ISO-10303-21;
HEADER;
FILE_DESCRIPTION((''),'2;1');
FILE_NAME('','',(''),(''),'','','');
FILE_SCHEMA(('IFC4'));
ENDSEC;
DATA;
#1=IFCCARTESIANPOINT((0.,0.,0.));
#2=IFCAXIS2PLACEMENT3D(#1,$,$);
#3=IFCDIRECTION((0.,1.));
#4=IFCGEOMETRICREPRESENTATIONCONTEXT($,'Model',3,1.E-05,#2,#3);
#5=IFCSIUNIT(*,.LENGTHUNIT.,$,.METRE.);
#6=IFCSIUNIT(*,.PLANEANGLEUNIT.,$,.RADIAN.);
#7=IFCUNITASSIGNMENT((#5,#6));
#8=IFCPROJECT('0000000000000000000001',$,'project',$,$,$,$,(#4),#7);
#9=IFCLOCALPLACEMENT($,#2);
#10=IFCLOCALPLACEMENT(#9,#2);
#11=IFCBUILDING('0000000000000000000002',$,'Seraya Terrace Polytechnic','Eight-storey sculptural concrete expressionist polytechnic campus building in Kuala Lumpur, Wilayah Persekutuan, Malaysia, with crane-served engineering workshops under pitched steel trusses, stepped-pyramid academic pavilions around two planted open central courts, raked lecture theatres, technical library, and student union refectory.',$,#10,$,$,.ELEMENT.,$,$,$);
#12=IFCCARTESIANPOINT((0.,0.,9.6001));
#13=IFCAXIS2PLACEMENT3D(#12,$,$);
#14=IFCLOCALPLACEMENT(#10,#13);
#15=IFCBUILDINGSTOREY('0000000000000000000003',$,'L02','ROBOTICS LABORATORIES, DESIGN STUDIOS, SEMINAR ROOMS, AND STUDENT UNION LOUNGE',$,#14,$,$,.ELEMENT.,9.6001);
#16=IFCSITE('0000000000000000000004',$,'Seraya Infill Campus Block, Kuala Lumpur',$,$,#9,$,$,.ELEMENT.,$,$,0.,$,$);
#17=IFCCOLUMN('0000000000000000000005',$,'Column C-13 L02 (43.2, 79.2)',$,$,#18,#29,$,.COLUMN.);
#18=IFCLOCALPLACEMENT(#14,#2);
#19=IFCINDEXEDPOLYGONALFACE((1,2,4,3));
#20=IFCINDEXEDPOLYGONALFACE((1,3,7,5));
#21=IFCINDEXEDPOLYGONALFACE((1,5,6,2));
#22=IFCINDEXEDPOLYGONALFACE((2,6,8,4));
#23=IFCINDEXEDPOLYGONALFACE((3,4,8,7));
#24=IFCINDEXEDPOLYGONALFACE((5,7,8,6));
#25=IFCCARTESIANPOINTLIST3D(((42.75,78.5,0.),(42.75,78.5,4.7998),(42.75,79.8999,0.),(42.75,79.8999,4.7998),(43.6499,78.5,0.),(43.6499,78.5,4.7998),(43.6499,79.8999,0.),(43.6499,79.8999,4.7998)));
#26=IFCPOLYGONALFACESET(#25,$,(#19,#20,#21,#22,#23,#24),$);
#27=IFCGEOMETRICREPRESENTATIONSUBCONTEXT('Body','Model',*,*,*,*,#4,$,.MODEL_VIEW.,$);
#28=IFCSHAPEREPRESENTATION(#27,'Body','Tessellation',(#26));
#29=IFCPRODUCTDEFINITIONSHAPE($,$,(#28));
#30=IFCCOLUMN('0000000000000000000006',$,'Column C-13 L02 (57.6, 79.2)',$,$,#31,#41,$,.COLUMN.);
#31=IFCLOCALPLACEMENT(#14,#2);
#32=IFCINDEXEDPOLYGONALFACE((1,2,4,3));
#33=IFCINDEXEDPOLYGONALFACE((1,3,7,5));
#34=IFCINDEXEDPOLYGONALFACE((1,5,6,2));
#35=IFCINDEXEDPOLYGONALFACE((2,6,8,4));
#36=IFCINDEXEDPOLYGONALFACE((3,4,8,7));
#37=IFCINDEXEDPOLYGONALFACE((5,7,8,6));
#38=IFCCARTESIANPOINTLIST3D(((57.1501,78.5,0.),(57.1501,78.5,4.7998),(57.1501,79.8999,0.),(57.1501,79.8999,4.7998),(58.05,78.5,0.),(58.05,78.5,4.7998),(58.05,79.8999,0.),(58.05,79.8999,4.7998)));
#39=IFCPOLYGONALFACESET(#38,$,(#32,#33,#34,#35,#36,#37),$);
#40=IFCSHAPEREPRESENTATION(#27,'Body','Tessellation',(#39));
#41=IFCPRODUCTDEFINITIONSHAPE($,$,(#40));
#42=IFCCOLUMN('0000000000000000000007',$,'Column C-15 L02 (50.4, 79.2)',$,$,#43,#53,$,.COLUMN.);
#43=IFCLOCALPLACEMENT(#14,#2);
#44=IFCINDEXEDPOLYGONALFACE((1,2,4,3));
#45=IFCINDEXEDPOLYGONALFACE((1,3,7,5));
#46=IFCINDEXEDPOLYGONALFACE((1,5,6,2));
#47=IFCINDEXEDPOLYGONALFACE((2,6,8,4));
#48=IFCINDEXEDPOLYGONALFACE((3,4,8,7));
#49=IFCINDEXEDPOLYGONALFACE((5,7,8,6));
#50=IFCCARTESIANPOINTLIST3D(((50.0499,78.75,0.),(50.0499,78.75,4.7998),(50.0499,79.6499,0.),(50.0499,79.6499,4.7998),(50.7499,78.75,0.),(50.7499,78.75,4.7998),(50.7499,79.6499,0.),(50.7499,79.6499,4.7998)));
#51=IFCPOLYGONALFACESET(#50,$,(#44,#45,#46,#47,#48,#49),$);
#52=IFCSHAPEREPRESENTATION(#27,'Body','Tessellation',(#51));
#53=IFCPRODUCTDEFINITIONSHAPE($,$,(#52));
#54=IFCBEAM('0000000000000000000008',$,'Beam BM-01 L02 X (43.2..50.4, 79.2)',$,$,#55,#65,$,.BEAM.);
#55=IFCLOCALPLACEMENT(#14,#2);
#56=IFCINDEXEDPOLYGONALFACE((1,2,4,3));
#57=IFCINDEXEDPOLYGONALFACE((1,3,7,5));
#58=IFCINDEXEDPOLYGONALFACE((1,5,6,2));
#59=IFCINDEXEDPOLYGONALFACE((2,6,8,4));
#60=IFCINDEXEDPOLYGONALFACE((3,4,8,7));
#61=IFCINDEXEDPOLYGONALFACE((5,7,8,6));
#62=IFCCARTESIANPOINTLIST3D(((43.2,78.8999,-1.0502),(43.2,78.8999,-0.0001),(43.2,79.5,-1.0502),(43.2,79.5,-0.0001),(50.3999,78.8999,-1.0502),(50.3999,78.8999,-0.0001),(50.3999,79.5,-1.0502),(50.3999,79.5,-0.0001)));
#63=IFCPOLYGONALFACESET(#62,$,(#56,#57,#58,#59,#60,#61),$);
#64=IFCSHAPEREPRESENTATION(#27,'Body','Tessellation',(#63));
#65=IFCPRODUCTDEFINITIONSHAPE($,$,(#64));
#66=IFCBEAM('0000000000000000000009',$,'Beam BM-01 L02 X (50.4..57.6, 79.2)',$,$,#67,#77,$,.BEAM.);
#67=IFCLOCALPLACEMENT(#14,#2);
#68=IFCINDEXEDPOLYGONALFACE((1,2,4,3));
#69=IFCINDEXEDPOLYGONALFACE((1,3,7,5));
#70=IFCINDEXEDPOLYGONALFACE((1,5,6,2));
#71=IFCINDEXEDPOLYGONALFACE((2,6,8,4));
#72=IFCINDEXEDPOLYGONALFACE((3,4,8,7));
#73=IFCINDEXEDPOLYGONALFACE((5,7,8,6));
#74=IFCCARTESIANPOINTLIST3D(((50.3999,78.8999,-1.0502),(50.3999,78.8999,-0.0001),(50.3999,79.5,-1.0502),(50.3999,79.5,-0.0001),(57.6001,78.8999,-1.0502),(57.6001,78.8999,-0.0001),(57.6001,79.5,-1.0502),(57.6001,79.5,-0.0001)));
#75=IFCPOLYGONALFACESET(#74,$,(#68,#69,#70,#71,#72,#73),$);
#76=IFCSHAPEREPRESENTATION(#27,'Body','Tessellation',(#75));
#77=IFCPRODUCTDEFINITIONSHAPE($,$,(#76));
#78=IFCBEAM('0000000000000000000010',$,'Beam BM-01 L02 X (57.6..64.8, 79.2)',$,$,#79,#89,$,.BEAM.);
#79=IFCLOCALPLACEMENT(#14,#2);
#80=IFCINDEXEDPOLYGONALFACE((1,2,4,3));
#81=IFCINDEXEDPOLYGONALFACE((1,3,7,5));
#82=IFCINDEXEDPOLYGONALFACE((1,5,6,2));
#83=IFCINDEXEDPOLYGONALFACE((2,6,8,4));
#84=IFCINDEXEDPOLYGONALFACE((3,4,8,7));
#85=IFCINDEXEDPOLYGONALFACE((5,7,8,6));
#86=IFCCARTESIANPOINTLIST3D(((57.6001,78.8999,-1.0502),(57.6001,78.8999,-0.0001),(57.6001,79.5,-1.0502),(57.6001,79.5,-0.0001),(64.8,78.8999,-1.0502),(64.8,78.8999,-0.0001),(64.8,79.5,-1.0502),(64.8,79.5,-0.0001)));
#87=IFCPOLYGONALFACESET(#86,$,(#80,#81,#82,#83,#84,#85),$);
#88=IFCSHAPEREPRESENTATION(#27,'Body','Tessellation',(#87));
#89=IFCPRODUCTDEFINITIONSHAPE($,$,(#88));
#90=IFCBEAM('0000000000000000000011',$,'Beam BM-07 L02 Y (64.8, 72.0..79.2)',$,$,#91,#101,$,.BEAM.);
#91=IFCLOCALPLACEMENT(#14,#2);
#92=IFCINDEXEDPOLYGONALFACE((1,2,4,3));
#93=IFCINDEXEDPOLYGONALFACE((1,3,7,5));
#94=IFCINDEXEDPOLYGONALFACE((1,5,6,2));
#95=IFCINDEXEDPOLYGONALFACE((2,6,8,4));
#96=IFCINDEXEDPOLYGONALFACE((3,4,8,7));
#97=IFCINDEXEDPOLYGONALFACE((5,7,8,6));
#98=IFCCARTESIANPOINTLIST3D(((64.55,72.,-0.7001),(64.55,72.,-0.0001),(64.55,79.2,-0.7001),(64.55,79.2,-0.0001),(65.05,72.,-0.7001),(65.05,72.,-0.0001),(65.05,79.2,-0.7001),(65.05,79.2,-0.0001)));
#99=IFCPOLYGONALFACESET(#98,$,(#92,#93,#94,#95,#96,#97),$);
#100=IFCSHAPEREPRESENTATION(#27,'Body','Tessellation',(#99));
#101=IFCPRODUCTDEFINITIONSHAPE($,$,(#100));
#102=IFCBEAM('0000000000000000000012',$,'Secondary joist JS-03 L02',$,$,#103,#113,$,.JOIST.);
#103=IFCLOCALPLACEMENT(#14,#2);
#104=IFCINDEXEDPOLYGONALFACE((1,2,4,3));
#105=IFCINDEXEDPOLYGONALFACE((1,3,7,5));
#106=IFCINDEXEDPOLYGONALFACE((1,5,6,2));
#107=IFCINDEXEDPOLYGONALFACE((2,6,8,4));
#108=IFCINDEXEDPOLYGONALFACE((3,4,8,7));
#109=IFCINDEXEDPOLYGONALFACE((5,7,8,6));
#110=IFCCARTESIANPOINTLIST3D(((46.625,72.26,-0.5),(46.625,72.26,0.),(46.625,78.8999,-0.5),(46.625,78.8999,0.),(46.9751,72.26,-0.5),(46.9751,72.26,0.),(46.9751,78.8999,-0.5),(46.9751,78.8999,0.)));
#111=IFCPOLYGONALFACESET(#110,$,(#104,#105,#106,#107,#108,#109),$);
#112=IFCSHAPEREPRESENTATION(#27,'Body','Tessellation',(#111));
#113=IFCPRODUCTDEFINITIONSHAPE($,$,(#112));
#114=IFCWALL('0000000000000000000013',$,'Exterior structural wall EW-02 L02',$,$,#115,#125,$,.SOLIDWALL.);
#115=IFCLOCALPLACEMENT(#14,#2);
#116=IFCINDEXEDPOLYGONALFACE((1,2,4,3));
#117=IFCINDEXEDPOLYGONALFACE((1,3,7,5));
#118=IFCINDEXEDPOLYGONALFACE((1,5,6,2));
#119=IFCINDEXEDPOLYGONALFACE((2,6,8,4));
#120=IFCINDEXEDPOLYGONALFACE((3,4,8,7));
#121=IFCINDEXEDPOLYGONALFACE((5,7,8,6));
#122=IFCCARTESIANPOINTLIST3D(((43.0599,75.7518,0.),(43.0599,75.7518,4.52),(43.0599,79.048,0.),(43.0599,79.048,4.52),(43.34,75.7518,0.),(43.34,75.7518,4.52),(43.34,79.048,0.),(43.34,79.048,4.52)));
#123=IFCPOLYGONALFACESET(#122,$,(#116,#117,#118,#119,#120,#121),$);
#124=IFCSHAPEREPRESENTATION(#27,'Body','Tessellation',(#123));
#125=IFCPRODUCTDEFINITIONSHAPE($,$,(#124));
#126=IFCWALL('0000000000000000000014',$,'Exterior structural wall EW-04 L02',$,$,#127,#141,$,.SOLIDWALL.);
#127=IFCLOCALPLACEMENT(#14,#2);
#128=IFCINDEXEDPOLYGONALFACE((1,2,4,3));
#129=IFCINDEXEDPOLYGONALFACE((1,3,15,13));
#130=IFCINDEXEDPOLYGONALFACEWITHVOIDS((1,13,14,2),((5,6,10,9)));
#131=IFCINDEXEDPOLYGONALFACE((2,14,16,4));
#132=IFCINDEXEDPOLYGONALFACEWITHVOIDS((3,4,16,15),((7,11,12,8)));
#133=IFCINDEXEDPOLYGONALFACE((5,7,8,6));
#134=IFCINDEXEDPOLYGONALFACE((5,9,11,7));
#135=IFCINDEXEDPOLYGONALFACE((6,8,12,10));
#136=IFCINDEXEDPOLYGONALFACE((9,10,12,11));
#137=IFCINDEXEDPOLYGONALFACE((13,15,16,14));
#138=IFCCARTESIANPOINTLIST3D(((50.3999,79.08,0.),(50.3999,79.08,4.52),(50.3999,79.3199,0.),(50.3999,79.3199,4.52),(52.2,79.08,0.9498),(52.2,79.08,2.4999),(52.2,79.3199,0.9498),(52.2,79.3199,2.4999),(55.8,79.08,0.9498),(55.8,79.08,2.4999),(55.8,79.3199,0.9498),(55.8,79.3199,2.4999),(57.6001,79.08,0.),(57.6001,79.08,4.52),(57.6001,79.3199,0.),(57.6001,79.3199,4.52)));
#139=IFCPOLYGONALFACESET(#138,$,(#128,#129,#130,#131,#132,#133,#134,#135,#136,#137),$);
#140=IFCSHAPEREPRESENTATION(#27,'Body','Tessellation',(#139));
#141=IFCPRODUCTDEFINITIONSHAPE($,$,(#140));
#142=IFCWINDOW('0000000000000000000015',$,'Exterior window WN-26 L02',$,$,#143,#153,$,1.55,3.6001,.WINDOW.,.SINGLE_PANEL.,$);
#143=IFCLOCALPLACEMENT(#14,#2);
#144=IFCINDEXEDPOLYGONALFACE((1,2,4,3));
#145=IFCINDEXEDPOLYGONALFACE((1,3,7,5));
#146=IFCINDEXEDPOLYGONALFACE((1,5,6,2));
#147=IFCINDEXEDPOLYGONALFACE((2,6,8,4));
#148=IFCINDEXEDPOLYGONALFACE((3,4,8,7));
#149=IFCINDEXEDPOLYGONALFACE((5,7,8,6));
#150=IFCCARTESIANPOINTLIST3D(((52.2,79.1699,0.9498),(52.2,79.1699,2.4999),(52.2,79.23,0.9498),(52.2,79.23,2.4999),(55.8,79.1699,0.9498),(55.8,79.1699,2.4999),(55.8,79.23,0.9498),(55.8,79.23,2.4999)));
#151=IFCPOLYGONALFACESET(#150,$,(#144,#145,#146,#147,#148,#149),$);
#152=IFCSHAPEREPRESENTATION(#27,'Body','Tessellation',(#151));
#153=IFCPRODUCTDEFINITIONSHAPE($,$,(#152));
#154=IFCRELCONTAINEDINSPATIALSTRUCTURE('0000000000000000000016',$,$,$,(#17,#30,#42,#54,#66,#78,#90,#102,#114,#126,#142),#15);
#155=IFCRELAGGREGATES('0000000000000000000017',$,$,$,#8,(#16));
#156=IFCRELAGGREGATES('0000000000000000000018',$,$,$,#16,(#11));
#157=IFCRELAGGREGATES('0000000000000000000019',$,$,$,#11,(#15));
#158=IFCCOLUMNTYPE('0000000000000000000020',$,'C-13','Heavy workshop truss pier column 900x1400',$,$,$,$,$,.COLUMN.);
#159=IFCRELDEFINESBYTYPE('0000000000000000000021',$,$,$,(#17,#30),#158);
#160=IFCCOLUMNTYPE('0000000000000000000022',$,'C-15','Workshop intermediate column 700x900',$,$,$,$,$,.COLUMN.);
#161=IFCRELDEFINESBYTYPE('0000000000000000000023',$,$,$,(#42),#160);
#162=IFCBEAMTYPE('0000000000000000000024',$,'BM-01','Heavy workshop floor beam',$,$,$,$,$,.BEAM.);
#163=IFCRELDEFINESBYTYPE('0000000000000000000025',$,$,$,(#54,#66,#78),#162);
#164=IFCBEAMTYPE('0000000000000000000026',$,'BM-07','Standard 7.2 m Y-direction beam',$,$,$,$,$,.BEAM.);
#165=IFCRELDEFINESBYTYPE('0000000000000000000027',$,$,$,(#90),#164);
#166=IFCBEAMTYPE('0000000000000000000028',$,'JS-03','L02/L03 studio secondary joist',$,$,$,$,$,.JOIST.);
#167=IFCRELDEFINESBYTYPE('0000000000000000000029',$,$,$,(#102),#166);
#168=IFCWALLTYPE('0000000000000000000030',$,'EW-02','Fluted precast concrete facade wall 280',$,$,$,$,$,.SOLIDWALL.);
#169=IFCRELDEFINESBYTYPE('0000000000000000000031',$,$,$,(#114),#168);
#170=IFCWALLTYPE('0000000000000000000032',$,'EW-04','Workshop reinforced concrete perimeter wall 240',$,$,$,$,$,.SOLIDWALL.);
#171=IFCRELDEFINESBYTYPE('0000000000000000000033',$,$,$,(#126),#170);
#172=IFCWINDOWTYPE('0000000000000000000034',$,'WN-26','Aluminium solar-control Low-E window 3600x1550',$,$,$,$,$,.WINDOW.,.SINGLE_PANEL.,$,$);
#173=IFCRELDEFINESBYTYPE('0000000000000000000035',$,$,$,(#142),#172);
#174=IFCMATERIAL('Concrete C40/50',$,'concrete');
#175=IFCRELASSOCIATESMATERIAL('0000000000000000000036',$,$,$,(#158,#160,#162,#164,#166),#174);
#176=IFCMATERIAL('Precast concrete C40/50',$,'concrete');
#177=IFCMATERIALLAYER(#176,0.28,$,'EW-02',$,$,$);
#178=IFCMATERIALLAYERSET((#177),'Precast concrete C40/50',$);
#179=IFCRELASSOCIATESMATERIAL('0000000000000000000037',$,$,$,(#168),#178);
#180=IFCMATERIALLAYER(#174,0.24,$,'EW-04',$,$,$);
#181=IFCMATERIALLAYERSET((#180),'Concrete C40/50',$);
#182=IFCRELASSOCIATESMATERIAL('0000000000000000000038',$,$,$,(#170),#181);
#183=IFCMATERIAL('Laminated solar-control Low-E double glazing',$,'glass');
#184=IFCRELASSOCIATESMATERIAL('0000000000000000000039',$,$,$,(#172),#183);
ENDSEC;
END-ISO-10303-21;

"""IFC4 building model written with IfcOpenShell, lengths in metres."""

from ifc_helpers import new_model, si_unit, direction, frame, frame_2d, origin, origin_2d, place, context, subcontext, project, spatial, rectangle, extrude, material, layer, layer_set, material_profile, profile_set, type_object, element, fill, save


model = new_model("IFC4")

# Units and contexts
model_context = context("Model", 3, precision=1e-05, world=origin(), true_north=direction((0.0, 1.0)))
body_context = subcontext(model_context, "Body", "Model", "MODEL_VIEW")
ifc_project = project(units=[si_unit("LENGTHUNIT", "METRE"), si_unit("PLANEANGLEUNIT", "RADIAN")], contexts=[model_context])

# Site, building, storey
site_placement = place(None, origin())
site = spatial("IfcSite", under=ifc_project, at=site_placement, Name="Seraya Infill Campus Block, Kuala Lumpur", CompositionType="ELEMENT", RefElevation=0.0)
building_placement = place(site_placement, origin())
building = spatial("IfcBuilding", under=site, at=building_placement, Name="Seraya Terrace Polytechnic", Description="Eight-storey sculptural concrete expressionist polytechnic campus building in Kuala Lumpur, Wilayah Persekutuan, Malaysia, with crane-served engineering workshops under pitched steel trusses, stepped-pyramid academic pavilions around two planted open central courts, raked lecture theatres, technical library, and student union refectory.", CompositionType="ELEMENT")
storey_placement = place(building_placement, frame((0.0, 0.0, 9.6001)))
storey = spatial("IfcBuildingStorey", under=building, at=storey_placement, Name="L02", Description="ROBOTICS LABORATORIES, DESIGN STUDIOS, SEMINAR ROOMS, AND STUDENT UNION LOUNGE", CompositionType="ELEMENT", Elevation=9.6001)

# Columns
ifc_material_1 = material(Name="Concrete C40/50", Category="concrete")
ifc_material_profile_1 = material_profile(ifc_material_1, rectangle(XDim=0.8999, YDim=1.3999, at=origin_2d()), Name="RC 900x1400")
ifc_profile_set_1 = profile_set([ifc_material_profile_1], Name="Concrete C40/50")
column_type_1 = type_object("IfcColumnType", Name="C-13", Description="Heavy workshop truss pier column 900x1400", PredefinedType="COLUMN", material=ifc_profile_set_1)
for number, where, z_axis, x_axis, name in (
    (1, (43.2, 79.2, 0.0), (0.0, 0.0, 1.0), (1.0, 0.0, 0.0), "Column C-13 L02 (43.2, 79.2)"),
    (2, (57.6001, 79.2, 0.0), (0.0, 0.0, 1.0), (1.0, 0.0, 0.0), "Column C-13 L02 (57.6, 79.2)"),
):
    element("IfcColumn", number, at=place(storey_placement, frame(where, z_axis=z_axis, x_axis=x_axis)), inside=storey, type_object=column_type_1, Name=name, PredefinedType="COLUMN", context=body_context, shape_type="SweptSolid", body=[
        extrude(rectangle(XDim=0.8999, YDim=1.3999, at=origin_2d()), origin(), (0.0, 0.0, 1.0), 4.7998),
    ])
ifc_material_profile_2 = material_profile(ifc_material_1, rectangle(XDim=0.7, YDim=0.8999, at=origin_2d()), Name="RC 700x900")
ifc_profile_set_2 = profile_set([ifc_material_profile_2], Name="Concrete C40/50")
column_type_2 = type_object("IfcColumnType", Name="C-15", Description="Workshop intermediate column 700x900", PredefinedType="COLUMN", material=ifc_profile_set_2)
column_placement = place(storey_placement, frame((50.3999, 79.2, 0.0), z_axis=(0.0, 0.0, 1.0), x_axis=(1.0, 0.0, 0.0)))
element("IfcColumn", 3, at=column_placement, inside=storey, type_object=column_type_2, Name="Column C-15 L02 (50.4, 79.2)", PredefinedType="COLUMN", context=body_context, shape_type="SweptSolid", body=[
    extrude(rectangle(XDim=0.7, YDim=0.8999, at=origin_2d()), origin(), (0.0, 0.0, 1.0), 4.7998),
])

# Beams
ifc_material_profile_3 = material_profile(ifc_material_1, rectangle(XDim=0.6001, YDim=1.05, at=origin_2d()), Name="RC 600x1050")
ifc_profile_set_3 = profile_set([ifc_material_profile_3], Name="Concrete C40/50")
beam_type_1 = type_object("IfcBeamType", Name="BM-01", Description="Heavy workshop floor beam", PredefinedType="BEAM", material=ifc_profile_set_3)
beam_1_placement = place(storey_placement, frame((43.2, 79.2, -0.5251), z_axis=(1.0, 0.0, 0.0), x_axis=(0.0, 1.0, 0.0)))
element("IfcBeam", 4, at=beam_1_placement, inside=storey, type_object=beam_type_1, Name="Beam BM-01 L02 X (43.2..50.4, 79.2)", PredefinedType="BEAM", context=body_context, shape_type="SweptSolid", body=[
    extrude(rectangle(XDim=0.6001, YDim=1.05, at=origin_2d()), origin(), (0.0, 0.0, 1.0), 7.2),
])
beam_2_placement = place(storey_placement, frame((50.3999, 79.2, -0.5251), z_axis=(1.0, 0.0, 0.0), x_axis=(0.0, 1.0, 0.0)))
element("IfcBeam", 5, at=beam_2_placement, inside=storey, type_object=beam_type_1, Name="Beam BM-01 L02 X (50.4..57.6, 79.2)", PredefinedType="BEAM", context=body_context, shape_type="SweptSolid", body=[
    extrude(rectangle(XDim=0.6001, YDim=1.05, at=origin_2d()), origin(), (0.0, 0.0, 1.0), 7.2002),
])
beam_3_placement = place(storey_placement, frame((57.6001, 79.2, -0.5251), z_axis=(1.0, 0.0, 0.0), x_axis=(0.0, 1.0, 0.0)))
element("IfcBeam", 6, at=beam_3_placement, inside=storey, type_object=beam_type_1, Name="Beam BM-01 L02 X (57.6..64.8, 79.2)", PredefinedType="BEAM", context=body_context, shape_type="SweptSolid", body=[
    extrude(rectangle(XDim=0.6001, YDim=1.05, at=origin_2d()), origin(), (0.0, 0.0, 1.0), 7.2),
])
ifc_material_profile_4 = material_profile(ifc_material_1, rectangle(XDim=0.5, YDim=0.7, at=origin_2d()), Name="RC 500x700")
ifc_profile_set_4 = profile_set([ifc_material_profile_4], Name="Concrete C40/50")
beam_type_2 = type_object("IfcBeamType", Name="BM-07", Description="Standard 7.2 m Y-direction beam", PredefinedType="BEAM", material=ifc_profile_set_4)
beam_4_placement = place(storey_placement, frame((64.8, 72.0, -0.3501), z_axis=(0.0, 1.0, 0.0), x_axis=(-1.0, 0.0, 0.0)))
element("IfcBeam", 7, at=beam_4_placement, inside=storey, type_object=beam_type_2, Name="Beam BM-07 L02 Y (64.8, 72.0..79.2)", PredefinedType="BEAM", context=body_context, shape_type="SweptSolid", body=[
    extrude(rectangle(XDim=0.5, YDim=0.7, at=origin_2d()), origin(), (0.0, 0.0, 1.0), 7.2),
])
ifc_material_profile_5 = material_profile(ifc_material_1, rectangle(XDim=0.3501, YDim=0.5, at=origin_2d()), Name="RC 350x500")
ifc_profile_set_5 = profile_set([ifc_material_profile_5], Name="Concrete C40/50")
beam_type_3 = type_object("IfcBeamType", Name="JS-03", Description="L02/L03 studio secondary joist", PredefinedType="JOIST", material=ifc_profile_set_5)
beam_5_placement = place(storey_placement, frame((46.8, 72.26, -0.25), z_axis=(0.0, 1.0, 0.0), x_axis=(-1.0, 0.0, 0.0)))
element("IfcBeam", 8, at=beam_5_placement, inside=storey, type_object=beam_type_3, Name="Secondary joist JS-03 L02", PredefinedType="JOIST", context=body_context, shape_type="SweptSolid", body=[
    extrude(rectangle(XDim=0.3501, YDim=0.5, at=origin_2d()), origin(), (0.0, 0.0, 1.0), 6.6399),
])

# Wall
ifc_material_2 = material(Name="Precast concrete C40/50", Category="concrete")
ifc_layer_1 = layer(ifc_material_2, 0.28, Name="EW-02")
ifc_layer_set_1 = layer_set([ifc_layer_1], Name="Precast concrete C40/50")
wall_type_1 = type_object("IfcWallType", Name="EW-02", Description="Fluted precast concrete facade wall 280", PredefinedType="SOLIDWALL", material=ifc_layer_set_1)
wall_1_placement = place(storey_placement, frame((43.2, 75.752, 0.0), z_axis=(0.0, 0.0, 1.0), x_axis=(0.0, 1.0, 0.0)))
element("IfcWall", 9, at=wall_1_placement, inside=storey, type_object=wall_type_1, Name="Exterior structural wall EW-02 L02", PredefinedType="SOLIDWALL", context=body_context, shape_type="SweptSolid", body=[
    extrude(rectangle(XDim=3.2961, YDim=0.28, at=frame_2d((1.6479, 0.0))), origin(), (0.0, 0.0, 1.0), 4.52),
])

# Wall, opening, window
ifc_layer_2 = layer(ifc_material_1, 0.24, Name="EW-04")
ifc_layer_set_2 = layer_set([ifc_layer_2], Name="Concrete C40/50")
wall_type_2 = type_object("IfcWallType", Name="EW-04", Description="Workshop reinforced concrete perimeter wall 240", PredefinedType="SOLIDWALL", material=ifc_layer_set_2)
wall_2_placement = place(storey_placement, frame((50.3999, 79.2, 0.0), z_axis=(0.0, 0.0, 1.0), x_axis=(1.0, 0.0, 0.0)))
wall_2 = element("IfcWall", 10, at=wall_2_placement, inside=storey, type_object=wall_type_2, Name="Exterior structural wall EW-04 L02", PredefinedType="SOLIDWALL", context=body_context, shape_type="SweptSolid", body=[
    extrude(rectangle(XDim=7.2002, YDim=0.24, at=frame_2d((3.6001, 0.0))), origin(), (0.0, 0.0, 1.0), 4.52),
])
opening_1_placement = place(wall_2_placement, frame((1.8, 0.0, 0.95)))
opening_1 = element("IfcOpeningElement", 11, at=opening_1_placement, cuts=wall_2, PredefinedType="OPENING", context=body_context, shape_type="SweptSolid", body=[
    extrude(rectangle(XDim=3.6001, YDim=1.55, at=frame_2d((1.8, 0.7749))), frame((0.0, 0.1318, 0.0), z_axis=(0.0, -1.0, 0.0), x_axis=(1.0, 0.0, 0.0)), (0.0, 0.0, 1.0), 0.2639),
])
ifc_material_3 = material(Name="Laminated solar-control Low-E double glazing", Category="glass")
window_type_1 = type_object("IfcWindowType", Name="WN-26", Description="Aluminium solar-control Low-E window 3600x1550", PartitioningType="SINGLE_PANEL", PredefinedType="WINDOW", material=ifc_material_3)
window_1_placement = place(opening_1_placement, origin())
window_1 = element("IfcWindow", 12, at=window_1_placement, inside=storey, type_object=window_type_1, Name="Exterior window WN-26 L02", OverallHeight=1.55, OverallWidth=3.6001, PartitioningType="SINGLE_PANEL", PredefinedType="WINDOW", context=body_context, shape_type="SweptSolid", body=[
    extrude(rectangle(XDim=3.6001, YDim=1.55, at=frame_2d((1.8, 0.7749))), frame((0.0, 0.03, 0.0), z_axis=(0.0, -1.0, 0.0), x_axis=(1.0, 0.0, 0.0)), (0.0, 0.0, 1.0), 0.0601),
])
fill(opening_1, window_1)

save(model, "model.ifc")
